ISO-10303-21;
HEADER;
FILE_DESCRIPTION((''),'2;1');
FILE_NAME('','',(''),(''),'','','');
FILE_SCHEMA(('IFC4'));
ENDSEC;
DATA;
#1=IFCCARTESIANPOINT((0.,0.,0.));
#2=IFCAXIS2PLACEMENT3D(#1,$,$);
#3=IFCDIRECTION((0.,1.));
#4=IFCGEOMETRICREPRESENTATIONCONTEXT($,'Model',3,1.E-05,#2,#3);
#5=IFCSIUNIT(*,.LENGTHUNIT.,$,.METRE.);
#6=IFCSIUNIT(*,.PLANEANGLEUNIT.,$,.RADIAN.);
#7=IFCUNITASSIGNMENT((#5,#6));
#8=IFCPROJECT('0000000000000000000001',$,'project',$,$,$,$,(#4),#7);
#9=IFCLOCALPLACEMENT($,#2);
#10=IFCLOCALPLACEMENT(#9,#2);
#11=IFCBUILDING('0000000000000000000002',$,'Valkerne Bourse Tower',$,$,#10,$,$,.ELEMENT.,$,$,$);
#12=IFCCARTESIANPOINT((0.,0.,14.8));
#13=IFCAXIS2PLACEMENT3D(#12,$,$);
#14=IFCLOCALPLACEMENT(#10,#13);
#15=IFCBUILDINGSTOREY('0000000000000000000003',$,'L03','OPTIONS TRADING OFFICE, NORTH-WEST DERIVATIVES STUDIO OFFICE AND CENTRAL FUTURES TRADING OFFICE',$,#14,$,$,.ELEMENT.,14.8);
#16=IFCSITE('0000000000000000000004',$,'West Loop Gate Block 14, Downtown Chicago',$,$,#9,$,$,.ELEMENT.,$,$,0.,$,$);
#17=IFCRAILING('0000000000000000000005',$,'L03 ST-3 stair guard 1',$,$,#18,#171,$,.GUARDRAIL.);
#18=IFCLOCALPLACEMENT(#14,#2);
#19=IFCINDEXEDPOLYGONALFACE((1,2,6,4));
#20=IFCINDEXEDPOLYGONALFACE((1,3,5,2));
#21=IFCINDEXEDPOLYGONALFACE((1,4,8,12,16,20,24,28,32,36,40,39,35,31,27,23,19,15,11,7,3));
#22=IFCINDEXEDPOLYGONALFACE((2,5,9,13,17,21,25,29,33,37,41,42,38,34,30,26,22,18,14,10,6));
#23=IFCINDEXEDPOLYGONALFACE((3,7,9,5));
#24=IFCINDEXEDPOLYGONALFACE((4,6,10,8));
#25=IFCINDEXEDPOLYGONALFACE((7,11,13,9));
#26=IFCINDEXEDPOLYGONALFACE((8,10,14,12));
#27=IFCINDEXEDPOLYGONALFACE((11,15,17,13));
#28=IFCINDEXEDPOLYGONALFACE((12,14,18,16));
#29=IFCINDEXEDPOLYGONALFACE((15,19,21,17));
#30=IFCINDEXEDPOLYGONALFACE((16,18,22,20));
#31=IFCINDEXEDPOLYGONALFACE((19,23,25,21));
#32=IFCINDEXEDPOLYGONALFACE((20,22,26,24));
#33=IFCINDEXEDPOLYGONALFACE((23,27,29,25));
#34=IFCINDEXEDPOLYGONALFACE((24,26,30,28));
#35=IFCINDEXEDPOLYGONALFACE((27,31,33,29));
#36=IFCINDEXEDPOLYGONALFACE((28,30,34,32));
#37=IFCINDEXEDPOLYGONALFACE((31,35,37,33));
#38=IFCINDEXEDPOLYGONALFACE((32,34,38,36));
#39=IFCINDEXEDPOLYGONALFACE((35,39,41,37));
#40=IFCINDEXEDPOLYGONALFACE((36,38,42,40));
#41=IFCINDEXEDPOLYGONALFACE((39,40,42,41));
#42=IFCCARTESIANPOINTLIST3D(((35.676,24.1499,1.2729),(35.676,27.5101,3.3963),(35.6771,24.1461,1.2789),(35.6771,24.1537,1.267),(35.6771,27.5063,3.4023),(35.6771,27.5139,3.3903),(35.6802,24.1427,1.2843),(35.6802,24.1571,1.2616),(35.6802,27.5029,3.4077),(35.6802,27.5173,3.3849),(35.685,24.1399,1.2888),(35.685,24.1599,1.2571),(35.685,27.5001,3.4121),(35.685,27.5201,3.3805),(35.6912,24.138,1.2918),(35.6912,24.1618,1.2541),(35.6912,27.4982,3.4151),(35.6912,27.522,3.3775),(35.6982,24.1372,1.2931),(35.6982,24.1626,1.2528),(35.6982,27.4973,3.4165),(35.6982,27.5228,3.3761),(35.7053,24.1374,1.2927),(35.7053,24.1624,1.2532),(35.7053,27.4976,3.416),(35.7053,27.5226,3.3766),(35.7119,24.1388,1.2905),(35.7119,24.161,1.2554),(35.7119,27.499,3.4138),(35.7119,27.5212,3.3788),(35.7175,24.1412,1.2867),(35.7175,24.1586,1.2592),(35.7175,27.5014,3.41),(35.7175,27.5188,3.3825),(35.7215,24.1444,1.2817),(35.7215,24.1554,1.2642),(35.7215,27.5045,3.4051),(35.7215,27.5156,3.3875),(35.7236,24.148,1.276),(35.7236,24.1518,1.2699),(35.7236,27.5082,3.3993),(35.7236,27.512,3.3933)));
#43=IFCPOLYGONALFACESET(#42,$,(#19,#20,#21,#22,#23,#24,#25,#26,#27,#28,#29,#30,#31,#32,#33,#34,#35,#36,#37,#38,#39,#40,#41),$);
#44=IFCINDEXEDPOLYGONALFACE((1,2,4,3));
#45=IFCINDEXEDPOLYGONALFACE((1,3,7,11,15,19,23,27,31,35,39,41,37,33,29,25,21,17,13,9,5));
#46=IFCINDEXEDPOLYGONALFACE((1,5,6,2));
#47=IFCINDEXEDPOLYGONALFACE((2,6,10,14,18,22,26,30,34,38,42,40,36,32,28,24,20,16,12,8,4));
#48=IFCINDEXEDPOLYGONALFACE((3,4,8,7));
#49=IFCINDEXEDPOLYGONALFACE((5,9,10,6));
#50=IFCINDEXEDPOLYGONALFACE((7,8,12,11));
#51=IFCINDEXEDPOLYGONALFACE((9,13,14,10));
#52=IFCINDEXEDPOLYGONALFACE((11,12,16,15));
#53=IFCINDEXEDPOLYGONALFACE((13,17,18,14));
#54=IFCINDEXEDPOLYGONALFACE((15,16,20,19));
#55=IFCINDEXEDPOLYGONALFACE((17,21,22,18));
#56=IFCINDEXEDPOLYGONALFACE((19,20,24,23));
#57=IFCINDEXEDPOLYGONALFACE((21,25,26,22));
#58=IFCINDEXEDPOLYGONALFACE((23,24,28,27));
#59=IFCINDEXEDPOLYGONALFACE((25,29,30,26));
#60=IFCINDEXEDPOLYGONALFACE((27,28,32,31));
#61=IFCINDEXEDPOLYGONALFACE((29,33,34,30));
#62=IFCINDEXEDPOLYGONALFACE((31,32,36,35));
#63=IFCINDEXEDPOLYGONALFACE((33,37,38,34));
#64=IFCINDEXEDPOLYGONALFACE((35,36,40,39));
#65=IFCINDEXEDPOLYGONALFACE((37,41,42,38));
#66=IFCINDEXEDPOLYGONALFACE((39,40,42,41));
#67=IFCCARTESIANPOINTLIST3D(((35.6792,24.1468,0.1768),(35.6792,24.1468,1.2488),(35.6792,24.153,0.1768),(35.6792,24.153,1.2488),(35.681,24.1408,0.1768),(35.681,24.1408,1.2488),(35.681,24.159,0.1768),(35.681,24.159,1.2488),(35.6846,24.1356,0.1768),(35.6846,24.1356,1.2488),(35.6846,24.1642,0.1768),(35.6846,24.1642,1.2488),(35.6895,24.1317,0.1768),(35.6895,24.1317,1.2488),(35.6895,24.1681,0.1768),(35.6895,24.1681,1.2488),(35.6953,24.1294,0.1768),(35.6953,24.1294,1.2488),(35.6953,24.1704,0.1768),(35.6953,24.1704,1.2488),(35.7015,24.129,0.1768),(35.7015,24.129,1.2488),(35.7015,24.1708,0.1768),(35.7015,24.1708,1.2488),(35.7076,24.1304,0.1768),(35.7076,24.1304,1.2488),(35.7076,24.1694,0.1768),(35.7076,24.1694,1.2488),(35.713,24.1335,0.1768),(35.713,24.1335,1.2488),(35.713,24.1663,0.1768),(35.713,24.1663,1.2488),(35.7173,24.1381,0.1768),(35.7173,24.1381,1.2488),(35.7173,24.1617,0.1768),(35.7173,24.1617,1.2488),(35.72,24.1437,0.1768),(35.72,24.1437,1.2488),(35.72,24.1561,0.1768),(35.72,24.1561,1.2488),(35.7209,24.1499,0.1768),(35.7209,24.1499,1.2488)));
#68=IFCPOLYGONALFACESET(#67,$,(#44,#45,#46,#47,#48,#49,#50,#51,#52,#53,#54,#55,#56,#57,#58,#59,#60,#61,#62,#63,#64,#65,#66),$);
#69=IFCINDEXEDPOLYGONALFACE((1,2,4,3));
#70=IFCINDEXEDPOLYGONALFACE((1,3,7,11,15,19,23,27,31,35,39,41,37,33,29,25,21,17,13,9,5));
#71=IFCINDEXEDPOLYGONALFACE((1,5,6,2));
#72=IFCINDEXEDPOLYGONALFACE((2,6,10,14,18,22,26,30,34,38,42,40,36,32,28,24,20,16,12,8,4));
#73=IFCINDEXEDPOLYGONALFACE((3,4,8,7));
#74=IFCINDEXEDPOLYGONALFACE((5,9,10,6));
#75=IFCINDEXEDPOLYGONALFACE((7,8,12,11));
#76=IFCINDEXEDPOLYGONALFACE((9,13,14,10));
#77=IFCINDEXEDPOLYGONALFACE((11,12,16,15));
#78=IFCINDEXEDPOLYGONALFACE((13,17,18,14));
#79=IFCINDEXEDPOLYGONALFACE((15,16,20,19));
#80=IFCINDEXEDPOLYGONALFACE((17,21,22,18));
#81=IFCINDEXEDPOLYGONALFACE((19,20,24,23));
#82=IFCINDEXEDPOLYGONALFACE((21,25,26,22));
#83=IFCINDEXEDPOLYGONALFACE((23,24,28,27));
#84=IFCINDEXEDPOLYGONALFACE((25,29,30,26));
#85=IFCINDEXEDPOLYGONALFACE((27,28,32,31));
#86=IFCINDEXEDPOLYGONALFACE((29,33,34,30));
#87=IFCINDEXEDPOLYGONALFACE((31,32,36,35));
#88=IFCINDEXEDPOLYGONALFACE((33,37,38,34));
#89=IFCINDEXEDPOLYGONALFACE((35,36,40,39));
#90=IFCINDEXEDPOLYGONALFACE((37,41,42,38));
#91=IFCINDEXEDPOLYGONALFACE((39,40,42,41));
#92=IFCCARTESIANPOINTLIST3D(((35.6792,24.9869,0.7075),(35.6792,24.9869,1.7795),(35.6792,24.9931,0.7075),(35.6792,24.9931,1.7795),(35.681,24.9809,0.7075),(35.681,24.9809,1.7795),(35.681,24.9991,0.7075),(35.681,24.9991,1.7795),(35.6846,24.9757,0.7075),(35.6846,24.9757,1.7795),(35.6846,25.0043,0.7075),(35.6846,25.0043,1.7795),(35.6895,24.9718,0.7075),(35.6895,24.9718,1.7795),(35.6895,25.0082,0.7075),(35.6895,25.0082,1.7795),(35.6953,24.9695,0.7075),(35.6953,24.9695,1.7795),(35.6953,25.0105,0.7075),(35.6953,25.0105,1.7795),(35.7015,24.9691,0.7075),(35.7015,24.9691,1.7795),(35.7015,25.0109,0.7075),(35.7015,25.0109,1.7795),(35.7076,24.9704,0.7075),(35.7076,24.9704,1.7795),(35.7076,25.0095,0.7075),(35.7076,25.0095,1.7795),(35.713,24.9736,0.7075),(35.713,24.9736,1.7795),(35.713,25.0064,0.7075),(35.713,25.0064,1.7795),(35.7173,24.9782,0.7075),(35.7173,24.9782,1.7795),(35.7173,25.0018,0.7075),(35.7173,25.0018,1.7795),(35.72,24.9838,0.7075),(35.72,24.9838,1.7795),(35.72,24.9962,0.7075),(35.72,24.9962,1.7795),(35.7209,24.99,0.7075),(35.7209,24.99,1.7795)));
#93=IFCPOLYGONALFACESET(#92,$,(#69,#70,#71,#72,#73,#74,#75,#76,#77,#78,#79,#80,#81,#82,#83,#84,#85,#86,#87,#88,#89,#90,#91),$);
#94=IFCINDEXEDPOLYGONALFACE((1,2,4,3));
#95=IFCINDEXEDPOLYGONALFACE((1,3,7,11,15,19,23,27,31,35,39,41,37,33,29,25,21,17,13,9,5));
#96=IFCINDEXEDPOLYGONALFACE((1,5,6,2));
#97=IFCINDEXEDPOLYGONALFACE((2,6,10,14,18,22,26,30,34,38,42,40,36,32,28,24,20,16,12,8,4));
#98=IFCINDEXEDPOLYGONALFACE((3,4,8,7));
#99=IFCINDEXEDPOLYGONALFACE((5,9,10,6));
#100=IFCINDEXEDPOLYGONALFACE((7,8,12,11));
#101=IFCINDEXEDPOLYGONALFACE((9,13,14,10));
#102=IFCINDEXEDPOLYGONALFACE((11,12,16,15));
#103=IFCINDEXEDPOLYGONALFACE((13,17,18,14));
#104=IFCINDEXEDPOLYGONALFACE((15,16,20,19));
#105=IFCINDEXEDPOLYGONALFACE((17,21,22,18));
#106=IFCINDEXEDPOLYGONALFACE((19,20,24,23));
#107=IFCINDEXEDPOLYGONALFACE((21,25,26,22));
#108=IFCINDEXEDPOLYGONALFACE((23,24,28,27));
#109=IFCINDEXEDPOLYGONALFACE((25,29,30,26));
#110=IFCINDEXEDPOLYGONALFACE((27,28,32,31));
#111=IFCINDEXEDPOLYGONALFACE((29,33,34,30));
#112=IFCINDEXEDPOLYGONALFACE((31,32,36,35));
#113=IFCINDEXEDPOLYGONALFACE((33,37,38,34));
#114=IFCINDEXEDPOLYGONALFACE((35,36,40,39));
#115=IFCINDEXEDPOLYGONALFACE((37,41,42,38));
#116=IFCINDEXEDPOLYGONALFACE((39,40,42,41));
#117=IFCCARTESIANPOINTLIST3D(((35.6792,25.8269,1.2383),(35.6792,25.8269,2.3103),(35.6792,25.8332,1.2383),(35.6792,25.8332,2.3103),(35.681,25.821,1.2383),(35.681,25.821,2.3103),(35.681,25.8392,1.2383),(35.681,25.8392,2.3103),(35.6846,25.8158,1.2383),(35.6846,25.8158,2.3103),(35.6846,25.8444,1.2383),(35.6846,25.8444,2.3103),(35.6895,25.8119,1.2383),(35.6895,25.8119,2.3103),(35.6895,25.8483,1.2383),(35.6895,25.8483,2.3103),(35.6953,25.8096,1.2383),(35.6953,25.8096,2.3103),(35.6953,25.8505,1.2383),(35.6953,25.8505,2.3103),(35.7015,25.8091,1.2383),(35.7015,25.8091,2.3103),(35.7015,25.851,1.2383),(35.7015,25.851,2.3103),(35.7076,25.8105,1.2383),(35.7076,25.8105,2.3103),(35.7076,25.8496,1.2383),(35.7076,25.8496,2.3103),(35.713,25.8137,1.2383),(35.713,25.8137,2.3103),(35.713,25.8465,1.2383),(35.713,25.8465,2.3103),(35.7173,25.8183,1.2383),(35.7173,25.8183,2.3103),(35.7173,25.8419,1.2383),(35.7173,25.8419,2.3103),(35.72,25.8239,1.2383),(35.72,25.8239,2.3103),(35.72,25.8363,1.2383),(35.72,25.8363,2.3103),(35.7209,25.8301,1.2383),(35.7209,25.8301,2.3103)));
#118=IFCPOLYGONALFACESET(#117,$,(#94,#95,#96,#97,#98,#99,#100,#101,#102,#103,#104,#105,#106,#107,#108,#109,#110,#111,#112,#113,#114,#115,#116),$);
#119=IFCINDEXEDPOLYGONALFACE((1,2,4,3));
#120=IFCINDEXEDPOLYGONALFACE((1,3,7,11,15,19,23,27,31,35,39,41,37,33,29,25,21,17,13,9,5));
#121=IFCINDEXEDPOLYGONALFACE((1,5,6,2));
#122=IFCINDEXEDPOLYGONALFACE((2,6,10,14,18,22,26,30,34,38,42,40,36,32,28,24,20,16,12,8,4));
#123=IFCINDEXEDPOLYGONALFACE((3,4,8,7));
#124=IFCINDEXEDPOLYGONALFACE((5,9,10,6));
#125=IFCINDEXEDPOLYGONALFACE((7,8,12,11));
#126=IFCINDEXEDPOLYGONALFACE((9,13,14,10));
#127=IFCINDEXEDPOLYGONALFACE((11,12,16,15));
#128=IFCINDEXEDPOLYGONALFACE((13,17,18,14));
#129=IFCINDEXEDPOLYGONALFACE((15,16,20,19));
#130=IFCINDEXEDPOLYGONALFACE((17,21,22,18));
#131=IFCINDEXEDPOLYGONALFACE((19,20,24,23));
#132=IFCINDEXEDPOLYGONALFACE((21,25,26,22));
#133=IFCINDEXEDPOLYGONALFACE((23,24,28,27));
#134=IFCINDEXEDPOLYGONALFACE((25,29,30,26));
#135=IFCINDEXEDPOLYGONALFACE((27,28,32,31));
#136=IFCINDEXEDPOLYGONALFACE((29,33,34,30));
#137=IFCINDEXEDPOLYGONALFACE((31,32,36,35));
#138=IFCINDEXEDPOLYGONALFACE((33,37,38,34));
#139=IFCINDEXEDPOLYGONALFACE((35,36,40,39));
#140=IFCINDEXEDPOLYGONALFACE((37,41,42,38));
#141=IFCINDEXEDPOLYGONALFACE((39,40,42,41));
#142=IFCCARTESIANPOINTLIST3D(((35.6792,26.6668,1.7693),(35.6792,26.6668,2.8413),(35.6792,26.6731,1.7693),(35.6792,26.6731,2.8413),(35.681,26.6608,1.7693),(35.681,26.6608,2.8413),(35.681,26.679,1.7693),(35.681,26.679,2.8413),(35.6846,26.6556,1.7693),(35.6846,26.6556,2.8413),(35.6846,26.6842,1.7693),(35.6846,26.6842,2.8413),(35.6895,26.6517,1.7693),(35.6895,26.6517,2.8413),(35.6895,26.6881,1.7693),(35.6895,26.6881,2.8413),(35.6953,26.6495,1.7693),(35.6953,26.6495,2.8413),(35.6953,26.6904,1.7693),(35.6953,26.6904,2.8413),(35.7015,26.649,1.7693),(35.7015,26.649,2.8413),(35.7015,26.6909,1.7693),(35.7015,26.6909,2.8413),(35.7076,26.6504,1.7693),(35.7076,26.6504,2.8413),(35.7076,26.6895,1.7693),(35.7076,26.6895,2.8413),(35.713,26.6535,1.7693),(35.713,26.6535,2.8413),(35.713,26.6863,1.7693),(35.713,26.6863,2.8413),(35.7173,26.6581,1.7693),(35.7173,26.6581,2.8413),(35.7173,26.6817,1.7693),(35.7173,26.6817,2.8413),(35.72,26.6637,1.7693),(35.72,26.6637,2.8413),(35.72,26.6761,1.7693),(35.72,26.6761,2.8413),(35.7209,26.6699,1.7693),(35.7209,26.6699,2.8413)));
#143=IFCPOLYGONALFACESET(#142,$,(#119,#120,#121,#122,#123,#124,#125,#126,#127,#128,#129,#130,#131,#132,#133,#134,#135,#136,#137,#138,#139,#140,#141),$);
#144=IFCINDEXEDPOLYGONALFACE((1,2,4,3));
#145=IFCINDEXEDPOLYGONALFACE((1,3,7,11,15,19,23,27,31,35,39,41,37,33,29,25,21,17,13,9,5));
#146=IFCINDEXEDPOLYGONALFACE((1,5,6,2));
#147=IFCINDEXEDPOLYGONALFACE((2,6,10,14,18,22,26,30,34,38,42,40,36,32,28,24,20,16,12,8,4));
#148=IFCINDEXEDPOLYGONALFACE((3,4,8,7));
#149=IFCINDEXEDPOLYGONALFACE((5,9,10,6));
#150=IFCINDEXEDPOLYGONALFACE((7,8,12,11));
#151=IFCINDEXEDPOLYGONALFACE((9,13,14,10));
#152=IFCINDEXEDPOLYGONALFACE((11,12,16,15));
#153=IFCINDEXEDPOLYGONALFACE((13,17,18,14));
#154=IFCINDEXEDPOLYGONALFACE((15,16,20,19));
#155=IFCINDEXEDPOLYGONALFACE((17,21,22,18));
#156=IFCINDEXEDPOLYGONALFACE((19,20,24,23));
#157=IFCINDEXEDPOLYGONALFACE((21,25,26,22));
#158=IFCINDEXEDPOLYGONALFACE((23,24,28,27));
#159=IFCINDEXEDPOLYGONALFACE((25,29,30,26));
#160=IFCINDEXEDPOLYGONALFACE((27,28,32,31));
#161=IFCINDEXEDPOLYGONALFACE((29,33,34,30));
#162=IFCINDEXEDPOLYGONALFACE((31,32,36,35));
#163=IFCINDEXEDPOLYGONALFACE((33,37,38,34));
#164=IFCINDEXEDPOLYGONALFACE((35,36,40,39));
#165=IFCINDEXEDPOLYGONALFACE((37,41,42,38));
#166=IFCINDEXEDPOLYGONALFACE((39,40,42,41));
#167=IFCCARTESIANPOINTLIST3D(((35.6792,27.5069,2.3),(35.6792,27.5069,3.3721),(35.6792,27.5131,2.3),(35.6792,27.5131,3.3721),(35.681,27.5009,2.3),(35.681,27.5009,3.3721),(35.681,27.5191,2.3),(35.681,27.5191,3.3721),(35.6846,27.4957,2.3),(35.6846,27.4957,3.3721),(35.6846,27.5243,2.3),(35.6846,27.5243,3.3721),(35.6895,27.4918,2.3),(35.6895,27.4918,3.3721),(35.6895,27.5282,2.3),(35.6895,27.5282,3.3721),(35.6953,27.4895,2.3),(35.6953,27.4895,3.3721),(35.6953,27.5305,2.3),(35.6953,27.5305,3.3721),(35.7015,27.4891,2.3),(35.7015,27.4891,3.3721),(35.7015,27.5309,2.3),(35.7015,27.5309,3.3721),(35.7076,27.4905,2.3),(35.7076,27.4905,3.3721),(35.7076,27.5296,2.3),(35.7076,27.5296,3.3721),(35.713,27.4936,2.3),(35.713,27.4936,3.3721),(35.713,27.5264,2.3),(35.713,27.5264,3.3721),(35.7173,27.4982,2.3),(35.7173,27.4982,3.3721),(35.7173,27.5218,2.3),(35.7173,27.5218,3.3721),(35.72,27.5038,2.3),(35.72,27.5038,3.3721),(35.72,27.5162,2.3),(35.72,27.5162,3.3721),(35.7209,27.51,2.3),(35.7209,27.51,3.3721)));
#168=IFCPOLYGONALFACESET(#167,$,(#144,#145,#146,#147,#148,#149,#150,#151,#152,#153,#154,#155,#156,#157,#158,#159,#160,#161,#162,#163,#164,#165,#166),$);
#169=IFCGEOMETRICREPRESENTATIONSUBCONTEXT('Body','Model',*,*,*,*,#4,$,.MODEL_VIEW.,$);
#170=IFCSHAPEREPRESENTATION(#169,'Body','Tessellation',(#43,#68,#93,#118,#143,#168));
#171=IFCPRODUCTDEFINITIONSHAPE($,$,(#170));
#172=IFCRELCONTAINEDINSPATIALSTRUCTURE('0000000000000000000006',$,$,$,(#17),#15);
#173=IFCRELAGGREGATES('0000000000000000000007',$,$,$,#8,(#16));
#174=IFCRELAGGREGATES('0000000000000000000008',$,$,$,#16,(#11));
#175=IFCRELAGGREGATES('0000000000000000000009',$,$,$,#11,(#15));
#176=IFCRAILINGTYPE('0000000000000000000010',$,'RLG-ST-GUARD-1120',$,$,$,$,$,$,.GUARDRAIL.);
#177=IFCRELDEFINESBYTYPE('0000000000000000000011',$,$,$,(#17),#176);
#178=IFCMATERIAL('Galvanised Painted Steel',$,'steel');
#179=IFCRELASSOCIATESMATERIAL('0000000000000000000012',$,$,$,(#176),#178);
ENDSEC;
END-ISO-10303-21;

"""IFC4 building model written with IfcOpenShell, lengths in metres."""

from ifc_helpers import new_model, si_unit, direction, frame, origin, origin_2d, place, context, subcontext, project, spatial, circle, extrude, material, type_object, element, save


model = new_model("IFC4")

# Units and contexts
model_context = context("Model", 3, precision=1e-05, world=origin(), true_north=direction((0.0, 1.0)))
body_context = subcontext(model_context, "Body", "Model", "MODEL_VIEW")
ifc_project = project(units=[si_unit("LENGTHUNIT", "METRE"), si_unit("PLANEANGLEUNIT", "RADIAN")], contexts=[model_context])

# Site, building, storey
site_placement = place(None, origin())
site = spatial("IfcSite", under=ifc_project, at=site_placement, Name="West Loop Gate Block 14, Downtown Chicago", CompositionType="ELEMENT", RefElevation=0.0)
building_placement = place(site_placement, origin())
building = spatial("IfcBuilding", under=site, at=building_placement, Name="Valkerne Bourse Tower", CompositionType="ELEMENT")
storey_placement = place(building_placement, frame((0.0, 0.0, 14.8)))
storey = spatial("IfcBuildingStorey", under=building, at=storey_placement, Name="L03", Description="OPTIONS TRADING OFFICE, NORTH-WEST DERIVATIVES STUDIO OFFICE AND CENTRAL FUTURES TRADING OFFICE", CompositionType="ELEMENT", Elevation=14.8)

# Shared definitions
ifc_material_1 = material(Name="Galvanised Painted Steel", Category="steel")

# Railing
railing_type_1 = type_object("IfcRailingType", Name="RLG-ST-GUARD-1120", PredefinedType="GUARDRAIL", material=ifc_material_1)
railing_1_placement = place(storey_placement, frame((35.7, 24.1499, 0.1768)))
element("IfcRailing", 1, at=railing_1_placement, inside=storey, type_object=railing_type_1, Name="L03 ST-3 stair guard 1", PredefinedType="GUARDRAIL", context=body_context, shape_type="SweptSolid", body=[
    extrude(circle(Radius=0.0239, at=origin_2d()), frame((0.0, 0.0, 1.0962), z_axis=(0.0, 0.845362, 0.534194), x_axis=(-1.0, 0.0, 0.0)), (0.0, 0.0, 1.0), 3.9749),
    extrude(circle(Radius=0.021, at=origin_2d()), origin(), (0.0, 0.0, 1.0), 1.072),
    extrude(circle(Radius=0.021, at=origin_2d()), frame((0.0, 0.8401, 0.5308)), (0.0, 0.0, 1.0), 1.072),
    extrude(circle(Radius=0.021, at=origin_2d()), frame((0.0, 1.6802, 1.0615)), (0.0, 0.0, 1.0), 1.072),
    extrude(circle(Radius=0.021, at=origin_2d()), frame((0.0, 2.52, 1.5925)), (0.0, 0.0, 1.0), 1.072),
    extrude(circle(Radius=0.021, at=origin_2d()), frame((0.0, 3.3601, 2.1233)), (0.0, 0.0, 1.0), 1.072),
])

save(model, "model.ifc")
